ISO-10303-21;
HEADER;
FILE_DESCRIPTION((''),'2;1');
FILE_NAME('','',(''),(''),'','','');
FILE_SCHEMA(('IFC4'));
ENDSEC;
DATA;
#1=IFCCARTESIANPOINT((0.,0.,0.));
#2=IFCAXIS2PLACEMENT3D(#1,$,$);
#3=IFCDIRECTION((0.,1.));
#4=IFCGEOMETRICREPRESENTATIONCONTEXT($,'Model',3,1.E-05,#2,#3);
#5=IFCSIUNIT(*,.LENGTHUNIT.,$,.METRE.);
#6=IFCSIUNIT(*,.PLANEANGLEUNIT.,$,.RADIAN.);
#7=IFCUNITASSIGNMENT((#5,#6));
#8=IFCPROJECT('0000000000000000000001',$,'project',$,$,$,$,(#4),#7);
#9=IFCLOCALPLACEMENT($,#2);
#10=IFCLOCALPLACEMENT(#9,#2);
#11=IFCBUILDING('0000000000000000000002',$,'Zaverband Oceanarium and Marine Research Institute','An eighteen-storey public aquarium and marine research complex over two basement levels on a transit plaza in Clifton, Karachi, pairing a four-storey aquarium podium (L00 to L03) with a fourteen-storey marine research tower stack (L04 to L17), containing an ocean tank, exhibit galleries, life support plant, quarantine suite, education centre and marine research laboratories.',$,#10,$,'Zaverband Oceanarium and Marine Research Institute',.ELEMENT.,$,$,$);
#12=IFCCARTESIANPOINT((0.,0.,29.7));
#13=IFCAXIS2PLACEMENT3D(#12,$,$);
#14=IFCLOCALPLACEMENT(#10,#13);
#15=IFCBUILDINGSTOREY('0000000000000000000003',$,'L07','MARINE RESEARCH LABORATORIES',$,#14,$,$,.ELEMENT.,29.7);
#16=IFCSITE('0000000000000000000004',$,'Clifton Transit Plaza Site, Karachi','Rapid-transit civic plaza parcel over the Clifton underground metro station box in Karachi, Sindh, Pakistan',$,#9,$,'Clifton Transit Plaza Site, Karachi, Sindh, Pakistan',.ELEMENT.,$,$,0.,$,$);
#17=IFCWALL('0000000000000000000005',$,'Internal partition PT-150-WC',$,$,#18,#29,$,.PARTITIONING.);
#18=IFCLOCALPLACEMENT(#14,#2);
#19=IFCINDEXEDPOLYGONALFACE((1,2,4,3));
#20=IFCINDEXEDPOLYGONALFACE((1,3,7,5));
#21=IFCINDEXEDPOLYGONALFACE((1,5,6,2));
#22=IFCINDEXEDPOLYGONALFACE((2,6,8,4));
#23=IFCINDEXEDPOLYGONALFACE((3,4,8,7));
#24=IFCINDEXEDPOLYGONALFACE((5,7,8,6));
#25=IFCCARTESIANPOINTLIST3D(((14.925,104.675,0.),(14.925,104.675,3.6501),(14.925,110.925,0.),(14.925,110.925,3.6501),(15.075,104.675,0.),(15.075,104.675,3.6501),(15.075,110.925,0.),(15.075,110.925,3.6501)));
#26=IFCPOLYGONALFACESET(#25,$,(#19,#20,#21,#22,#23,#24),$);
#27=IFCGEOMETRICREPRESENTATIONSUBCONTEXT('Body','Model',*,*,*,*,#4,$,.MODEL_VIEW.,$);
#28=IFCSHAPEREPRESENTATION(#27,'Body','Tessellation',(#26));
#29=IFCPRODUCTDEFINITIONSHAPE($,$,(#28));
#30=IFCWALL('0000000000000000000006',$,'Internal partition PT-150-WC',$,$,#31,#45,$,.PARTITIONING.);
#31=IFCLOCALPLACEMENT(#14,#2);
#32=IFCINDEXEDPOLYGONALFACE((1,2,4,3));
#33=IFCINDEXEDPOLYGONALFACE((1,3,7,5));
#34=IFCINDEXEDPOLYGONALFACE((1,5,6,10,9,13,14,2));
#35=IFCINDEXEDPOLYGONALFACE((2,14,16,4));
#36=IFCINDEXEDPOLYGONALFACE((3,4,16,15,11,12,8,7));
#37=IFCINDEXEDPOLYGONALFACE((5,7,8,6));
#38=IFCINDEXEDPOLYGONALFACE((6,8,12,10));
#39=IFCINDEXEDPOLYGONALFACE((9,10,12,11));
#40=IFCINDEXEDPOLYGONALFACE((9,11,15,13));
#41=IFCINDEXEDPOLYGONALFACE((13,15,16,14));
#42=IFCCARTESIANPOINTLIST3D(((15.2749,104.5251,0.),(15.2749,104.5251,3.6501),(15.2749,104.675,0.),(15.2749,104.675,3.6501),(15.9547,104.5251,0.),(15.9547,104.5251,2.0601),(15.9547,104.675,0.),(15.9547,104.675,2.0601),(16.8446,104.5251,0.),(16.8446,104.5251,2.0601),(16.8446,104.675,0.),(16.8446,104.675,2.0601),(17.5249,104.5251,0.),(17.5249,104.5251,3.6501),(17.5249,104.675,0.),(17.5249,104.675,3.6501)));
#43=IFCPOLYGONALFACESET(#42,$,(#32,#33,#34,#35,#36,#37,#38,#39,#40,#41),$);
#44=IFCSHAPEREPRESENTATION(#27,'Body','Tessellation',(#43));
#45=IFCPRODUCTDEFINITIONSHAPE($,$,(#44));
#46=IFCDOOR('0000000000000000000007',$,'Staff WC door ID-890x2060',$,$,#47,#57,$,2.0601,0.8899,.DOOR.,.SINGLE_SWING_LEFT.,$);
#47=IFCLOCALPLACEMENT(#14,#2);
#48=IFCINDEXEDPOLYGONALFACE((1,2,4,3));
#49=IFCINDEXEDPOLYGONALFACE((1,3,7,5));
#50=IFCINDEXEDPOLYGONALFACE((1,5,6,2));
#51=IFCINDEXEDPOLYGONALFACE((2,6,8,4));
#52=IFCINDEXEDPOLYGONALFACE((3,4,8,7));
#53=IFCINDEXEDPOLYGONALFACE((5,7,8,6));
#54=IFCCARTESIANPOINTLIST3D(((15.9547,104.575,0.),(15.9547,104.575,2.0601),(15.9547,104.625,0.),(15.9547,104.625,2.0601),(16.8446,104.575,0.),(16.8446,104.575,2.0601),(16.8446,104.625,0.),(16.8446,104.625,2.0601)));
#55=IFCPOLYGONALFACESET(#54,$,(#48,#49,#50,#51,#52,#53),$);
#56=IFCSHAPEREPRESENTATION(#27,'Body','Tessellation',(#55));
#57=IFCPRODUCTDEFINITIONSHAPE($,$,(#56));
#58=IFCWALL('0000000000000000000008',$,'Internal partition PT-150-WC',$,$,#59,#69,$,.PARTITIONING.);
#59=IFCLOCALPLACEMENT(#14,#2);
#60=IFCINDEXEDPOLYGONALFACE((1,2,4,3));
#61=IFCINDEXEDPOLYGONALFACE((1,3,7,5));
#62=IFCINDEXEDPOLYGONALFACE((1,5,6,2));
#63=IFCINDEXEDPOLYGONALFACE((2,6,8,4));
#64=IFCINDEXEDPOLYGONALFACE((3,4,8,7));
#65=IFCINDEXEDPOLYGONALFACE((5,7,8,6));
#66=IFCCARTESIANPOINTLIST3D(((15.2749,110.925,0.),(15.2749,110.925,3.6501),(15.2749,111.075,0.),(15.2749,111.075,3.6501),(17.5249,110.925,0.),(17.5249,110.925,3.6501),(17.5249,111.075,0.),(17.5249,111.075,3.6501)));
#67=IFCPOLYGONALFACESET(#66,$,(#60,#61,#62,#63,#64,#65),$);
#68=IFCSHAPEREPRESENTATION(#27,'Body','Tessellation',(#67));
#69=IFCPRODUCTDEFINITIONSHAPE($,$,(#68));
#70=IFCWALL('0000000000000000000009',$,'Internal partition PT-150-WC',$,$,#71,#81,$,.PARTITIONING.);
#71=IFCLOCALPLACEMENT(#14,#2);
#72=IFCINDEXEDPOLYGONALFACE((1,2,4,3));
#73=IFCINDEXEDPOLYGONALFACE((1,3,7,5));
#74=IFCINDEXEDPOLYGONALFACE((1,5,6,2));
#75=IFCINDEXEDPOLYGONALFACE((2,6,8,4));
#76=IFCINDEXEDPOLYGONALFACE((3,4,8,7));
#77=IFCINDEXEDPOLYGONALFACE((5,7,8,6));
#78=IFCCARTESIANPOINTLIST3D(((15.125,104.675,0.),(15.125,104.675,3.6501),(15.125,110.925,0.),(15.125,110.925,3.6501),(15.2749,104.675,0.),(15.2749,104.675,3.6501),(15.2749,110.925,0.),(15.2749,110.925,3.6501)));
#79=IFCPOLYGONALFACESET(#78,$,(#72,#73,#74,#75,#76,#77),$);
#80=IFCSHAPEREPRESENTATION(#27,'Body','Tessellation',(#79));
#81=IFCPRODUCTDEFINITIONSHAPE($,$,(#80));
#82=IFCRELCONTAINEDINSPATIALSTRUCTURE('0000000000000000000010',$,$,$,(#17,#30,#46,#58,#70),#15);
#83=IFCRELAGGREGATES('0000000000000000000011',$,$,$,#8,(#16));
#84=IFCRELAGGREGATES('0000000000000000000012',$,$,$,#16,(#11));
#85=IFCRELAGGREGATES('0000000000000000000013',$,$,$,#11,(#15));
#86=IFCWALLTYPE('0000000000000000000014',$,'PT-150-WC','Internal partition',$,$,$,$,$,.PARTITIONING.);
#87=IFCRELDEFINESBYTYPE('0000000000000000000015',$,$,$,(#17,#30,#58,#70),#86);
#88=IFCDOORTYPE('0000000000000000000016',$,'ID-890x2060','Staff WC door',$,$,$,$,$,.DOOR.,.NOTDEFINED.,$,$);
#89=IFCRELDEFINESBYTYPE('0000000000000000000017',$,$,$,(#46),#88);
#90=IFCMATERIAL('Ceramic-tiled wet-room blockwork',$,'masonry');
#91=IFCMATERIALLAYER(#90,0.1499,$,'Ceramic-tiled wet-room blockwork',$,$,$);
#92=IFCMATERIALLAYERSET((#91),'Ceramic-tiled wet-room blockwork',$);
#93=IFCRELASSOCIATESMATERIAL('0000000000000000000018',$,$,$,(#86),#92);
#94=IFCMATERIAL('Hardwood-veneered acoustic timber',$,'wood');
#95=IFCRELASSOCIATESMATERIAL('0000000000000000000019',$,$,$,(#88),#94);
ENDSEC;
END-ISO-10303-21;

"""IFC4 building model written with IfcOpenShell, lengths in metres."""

from ifc_helpers import new_model, si_unit, direction, frame, frame_2d, origin, place, context, subcontext, project, spatial, rectangle, extrude, material, layer, layer_set, type_object, element, fill, save


model = new_model("IFC4")

# Units and contexts
model_context = context("Model", 3, precision=1e-05, world=origin(), true_north=direction((0.0, 1.0)))
body_context = subcontext(model_context, "Body", "Model", "MODEL_VIEW")
ifc_project = project(units=[si_unit("LENGTHUNIT", "METRE"), si_unit("PLANEANGLEUNIT", "RADIAN")], contexts=[model_context])

# Site, building, storey
site_placement = place(None, origin())
site = spatial("IfcSite", under=ifc_project, at=site_placement, Name="Clifton Transit Plaza Site, Karachi", Description="Rapid-transit civic plaza parcel over the Clifton underground metro station box in Karachi, Sindh, Pakistan", LongName="Clifton Transit Plaza Site, Karachi, Sindh, Pakistan", CompositionType="ELEMENT", RefElevation=0.0)
building_placement = place(site_placement, origin())
building = spatial("IfcBuilding", under=site, at=building_placement, Name="Zaverband Oceanarium and Marine Research Institute", Description="An eighteen-storey public aquarium and marine research complex over two basement levels on a transit plaza in Clifton, Karachi, pairing a four-storey aquarium podium (L00 to L03) with a fourteen-storey marine research tower stack (L04 to L17), containing an ocean tank, exhibit galleries, life support plant, quarantine suite, education centre and marine research laboratories.", LongName="Zaverband Oceanarium and Marine Research Institute", CompositionType="ELEMENT")
storey_placement = place(building_placement, frame((0.0, 0.0, 29.7)))
storey = spatial("IfcBuildingStorey", under=building, at=storey_placement, Name="L07", Description="MARINE RESEARCH LABORATORIES", CompositionType="ELEMENT", Elevation=29.7)

# Shared definitions
ifc_material_1 = material(Name="Ceramic-tiled wet-room blockwork", Category="masonry")
ifc_layer_1 = layer(ifc_material_1, 0.1499, Name="Ceramic-tiled wet-room blockwork")
ifc_layer_set_1 = layer_set([ifc_layer_1], Name="Ceramic-tiled wet-room blockwork")
wall_type_1 = type_object("IfcWallType", Name="PT-150-WC", Description="Internal partition", PredefinedType="PARTITIONING", material=ifc_layer_set_1)
ifc_material_2 = material(Name="Hardwood-veneered acoustic timber", Category="wood")

# Wall
for number, where, z_axis, x_axis, name in (
    (1, (15.0, 104.675, 0.0), (0.0, 0.0, 1.0), (0.0, 1.0, 0.0), "Internal partition PT-150-WC"),
):
    element("IfcWall", number, at=place(storey_placement, frame(where, z_axis=z_axis, x_axis=x_axis)), inside=storey, type_object=wall_type_1, Name=name, PredefinedType="PARTITIONING", context=body_context, shape_type="SweptSolid", body=[
        extrude(rectangle(XDim=6.25, YDim=0.1499, at=frame_2d((3.125, 0.0))), origin(), (0.0, 0.0, 1.0), 3.6501),
    ])

# Wall, opening, door
wall_1_placement = place(storey_placement, frame((15.2749, 104.6001, 0.0), z_axis=(0.0, 0.0, 1.0), x_axis=(1.0, 0.0, 0.0)))
wall_1 = element("IfcWall", 2, at=wall_1_placement, inside=storey, type_object=wall_type_1, Name="Internal partition PT-150-WC", PredefinedType="PARTITIONING", context=body_context, shape_type="SweptSolid", body=[
    extrude(rectangle(XDim=2.25, YDim=0.1499, at=frame_2d((1.125, 0.0))), origin(), (0.0, 0.0, 1.0), 3.6501),
])
opening_1_placement = place(wall_1_placement, frame((0.6799, 0.0, 0.0)))
opening_1 = element("IfcOpeningElement", 3, at=opening_1_placement, cuts=wall_1, PredefinedType="OPENING", context=body_context, shape_type="SweptSolid", body=[
    extrude(rectangle(XDim=0.8899, YDim=2.0601, at=frame_2d((0.4448, 1.03))), frame((0.0, 0.0869, 0.0), z_axis=(0.0, -1.0, 0.0), x_axis=(1.0, 0.0, 0.0)), (0.0, 0.0, 1.0), 0.1738),
])
door_type_1 = type_object("IfcDoorType", Name="ID-890x2060", Description="Staff WC door", OperationType="NOTDEFINED", PredefinedType="DOOR", material=ifc_material_2)
door_1_placement = place(opening_1_placement, origin())
door_1 = element("IfcDoor", 4, at=door_1_placement, inside=storey, type_object=door_type_1, Name="Staff WC door ID-890x2060", OperationType="SINGLE_SWING_LEFT", OverallHeight=2.0601, OverallWidth=0.8899, PredefinedType="DOOR", context=body_context, shape_type="SweptSolid", body=[
    extrude(rectangle(XDim=0.8899, YDim=2.0601, at=frame_2d((0.4448, 1.03))), frame((0.0, 0.0249, 0.0), z_axis=(0.0, -1.0, 0.0), x_axis=(1.0, 0.0, 0.0)), (0.0, 0.0, 1.0), 0.05),
])
fill(opening_1, door_1)

# Walls
wall_2_placement = place(storey_placement, frame((15.2749, 111.0, 0.0), z_axis=(0.0, 0.0, 1.0), x_axis=(1.0, 0.0, 0.0)))
element("IfcWall", 5, at=wall_2_placement, inside=storey, type_object=wall_type_1, Name="Internal partition PT-150-WC", PredefinedType="PARTITIONING", context=body_context, shape_type="SweptSolid", body=[
    extrude(rectangle(XDim=2.25, YDim=0.1499, at=frame_2d((1.125, 0.0))), origin(), (0.0, 0.0, 1.0), 3.6501),
])
wall_3_placement = place(storey_placement, frame((15.2, 104.675, 0.0), z_axis=(0.0, 0.0, 1.0), x_axis=(0.0, 1.0, 0.0)))
element("IfcWall", 6, at=wall_3_placement, inside=storey, type_object=wall_type_1, Name="Internal partition PT-150-WC", PredefinedType="PARTITIONING", context=body_context, shape_type="SweptSolid", body=[
    extrude(rectangle(XDim=6.25, YDim=0.1499, at=frame_2d((3.125, 0.0))), origin(), (0.0, 0.0, 1.0), 3.6501),
])

save(model, "model.ifc")
